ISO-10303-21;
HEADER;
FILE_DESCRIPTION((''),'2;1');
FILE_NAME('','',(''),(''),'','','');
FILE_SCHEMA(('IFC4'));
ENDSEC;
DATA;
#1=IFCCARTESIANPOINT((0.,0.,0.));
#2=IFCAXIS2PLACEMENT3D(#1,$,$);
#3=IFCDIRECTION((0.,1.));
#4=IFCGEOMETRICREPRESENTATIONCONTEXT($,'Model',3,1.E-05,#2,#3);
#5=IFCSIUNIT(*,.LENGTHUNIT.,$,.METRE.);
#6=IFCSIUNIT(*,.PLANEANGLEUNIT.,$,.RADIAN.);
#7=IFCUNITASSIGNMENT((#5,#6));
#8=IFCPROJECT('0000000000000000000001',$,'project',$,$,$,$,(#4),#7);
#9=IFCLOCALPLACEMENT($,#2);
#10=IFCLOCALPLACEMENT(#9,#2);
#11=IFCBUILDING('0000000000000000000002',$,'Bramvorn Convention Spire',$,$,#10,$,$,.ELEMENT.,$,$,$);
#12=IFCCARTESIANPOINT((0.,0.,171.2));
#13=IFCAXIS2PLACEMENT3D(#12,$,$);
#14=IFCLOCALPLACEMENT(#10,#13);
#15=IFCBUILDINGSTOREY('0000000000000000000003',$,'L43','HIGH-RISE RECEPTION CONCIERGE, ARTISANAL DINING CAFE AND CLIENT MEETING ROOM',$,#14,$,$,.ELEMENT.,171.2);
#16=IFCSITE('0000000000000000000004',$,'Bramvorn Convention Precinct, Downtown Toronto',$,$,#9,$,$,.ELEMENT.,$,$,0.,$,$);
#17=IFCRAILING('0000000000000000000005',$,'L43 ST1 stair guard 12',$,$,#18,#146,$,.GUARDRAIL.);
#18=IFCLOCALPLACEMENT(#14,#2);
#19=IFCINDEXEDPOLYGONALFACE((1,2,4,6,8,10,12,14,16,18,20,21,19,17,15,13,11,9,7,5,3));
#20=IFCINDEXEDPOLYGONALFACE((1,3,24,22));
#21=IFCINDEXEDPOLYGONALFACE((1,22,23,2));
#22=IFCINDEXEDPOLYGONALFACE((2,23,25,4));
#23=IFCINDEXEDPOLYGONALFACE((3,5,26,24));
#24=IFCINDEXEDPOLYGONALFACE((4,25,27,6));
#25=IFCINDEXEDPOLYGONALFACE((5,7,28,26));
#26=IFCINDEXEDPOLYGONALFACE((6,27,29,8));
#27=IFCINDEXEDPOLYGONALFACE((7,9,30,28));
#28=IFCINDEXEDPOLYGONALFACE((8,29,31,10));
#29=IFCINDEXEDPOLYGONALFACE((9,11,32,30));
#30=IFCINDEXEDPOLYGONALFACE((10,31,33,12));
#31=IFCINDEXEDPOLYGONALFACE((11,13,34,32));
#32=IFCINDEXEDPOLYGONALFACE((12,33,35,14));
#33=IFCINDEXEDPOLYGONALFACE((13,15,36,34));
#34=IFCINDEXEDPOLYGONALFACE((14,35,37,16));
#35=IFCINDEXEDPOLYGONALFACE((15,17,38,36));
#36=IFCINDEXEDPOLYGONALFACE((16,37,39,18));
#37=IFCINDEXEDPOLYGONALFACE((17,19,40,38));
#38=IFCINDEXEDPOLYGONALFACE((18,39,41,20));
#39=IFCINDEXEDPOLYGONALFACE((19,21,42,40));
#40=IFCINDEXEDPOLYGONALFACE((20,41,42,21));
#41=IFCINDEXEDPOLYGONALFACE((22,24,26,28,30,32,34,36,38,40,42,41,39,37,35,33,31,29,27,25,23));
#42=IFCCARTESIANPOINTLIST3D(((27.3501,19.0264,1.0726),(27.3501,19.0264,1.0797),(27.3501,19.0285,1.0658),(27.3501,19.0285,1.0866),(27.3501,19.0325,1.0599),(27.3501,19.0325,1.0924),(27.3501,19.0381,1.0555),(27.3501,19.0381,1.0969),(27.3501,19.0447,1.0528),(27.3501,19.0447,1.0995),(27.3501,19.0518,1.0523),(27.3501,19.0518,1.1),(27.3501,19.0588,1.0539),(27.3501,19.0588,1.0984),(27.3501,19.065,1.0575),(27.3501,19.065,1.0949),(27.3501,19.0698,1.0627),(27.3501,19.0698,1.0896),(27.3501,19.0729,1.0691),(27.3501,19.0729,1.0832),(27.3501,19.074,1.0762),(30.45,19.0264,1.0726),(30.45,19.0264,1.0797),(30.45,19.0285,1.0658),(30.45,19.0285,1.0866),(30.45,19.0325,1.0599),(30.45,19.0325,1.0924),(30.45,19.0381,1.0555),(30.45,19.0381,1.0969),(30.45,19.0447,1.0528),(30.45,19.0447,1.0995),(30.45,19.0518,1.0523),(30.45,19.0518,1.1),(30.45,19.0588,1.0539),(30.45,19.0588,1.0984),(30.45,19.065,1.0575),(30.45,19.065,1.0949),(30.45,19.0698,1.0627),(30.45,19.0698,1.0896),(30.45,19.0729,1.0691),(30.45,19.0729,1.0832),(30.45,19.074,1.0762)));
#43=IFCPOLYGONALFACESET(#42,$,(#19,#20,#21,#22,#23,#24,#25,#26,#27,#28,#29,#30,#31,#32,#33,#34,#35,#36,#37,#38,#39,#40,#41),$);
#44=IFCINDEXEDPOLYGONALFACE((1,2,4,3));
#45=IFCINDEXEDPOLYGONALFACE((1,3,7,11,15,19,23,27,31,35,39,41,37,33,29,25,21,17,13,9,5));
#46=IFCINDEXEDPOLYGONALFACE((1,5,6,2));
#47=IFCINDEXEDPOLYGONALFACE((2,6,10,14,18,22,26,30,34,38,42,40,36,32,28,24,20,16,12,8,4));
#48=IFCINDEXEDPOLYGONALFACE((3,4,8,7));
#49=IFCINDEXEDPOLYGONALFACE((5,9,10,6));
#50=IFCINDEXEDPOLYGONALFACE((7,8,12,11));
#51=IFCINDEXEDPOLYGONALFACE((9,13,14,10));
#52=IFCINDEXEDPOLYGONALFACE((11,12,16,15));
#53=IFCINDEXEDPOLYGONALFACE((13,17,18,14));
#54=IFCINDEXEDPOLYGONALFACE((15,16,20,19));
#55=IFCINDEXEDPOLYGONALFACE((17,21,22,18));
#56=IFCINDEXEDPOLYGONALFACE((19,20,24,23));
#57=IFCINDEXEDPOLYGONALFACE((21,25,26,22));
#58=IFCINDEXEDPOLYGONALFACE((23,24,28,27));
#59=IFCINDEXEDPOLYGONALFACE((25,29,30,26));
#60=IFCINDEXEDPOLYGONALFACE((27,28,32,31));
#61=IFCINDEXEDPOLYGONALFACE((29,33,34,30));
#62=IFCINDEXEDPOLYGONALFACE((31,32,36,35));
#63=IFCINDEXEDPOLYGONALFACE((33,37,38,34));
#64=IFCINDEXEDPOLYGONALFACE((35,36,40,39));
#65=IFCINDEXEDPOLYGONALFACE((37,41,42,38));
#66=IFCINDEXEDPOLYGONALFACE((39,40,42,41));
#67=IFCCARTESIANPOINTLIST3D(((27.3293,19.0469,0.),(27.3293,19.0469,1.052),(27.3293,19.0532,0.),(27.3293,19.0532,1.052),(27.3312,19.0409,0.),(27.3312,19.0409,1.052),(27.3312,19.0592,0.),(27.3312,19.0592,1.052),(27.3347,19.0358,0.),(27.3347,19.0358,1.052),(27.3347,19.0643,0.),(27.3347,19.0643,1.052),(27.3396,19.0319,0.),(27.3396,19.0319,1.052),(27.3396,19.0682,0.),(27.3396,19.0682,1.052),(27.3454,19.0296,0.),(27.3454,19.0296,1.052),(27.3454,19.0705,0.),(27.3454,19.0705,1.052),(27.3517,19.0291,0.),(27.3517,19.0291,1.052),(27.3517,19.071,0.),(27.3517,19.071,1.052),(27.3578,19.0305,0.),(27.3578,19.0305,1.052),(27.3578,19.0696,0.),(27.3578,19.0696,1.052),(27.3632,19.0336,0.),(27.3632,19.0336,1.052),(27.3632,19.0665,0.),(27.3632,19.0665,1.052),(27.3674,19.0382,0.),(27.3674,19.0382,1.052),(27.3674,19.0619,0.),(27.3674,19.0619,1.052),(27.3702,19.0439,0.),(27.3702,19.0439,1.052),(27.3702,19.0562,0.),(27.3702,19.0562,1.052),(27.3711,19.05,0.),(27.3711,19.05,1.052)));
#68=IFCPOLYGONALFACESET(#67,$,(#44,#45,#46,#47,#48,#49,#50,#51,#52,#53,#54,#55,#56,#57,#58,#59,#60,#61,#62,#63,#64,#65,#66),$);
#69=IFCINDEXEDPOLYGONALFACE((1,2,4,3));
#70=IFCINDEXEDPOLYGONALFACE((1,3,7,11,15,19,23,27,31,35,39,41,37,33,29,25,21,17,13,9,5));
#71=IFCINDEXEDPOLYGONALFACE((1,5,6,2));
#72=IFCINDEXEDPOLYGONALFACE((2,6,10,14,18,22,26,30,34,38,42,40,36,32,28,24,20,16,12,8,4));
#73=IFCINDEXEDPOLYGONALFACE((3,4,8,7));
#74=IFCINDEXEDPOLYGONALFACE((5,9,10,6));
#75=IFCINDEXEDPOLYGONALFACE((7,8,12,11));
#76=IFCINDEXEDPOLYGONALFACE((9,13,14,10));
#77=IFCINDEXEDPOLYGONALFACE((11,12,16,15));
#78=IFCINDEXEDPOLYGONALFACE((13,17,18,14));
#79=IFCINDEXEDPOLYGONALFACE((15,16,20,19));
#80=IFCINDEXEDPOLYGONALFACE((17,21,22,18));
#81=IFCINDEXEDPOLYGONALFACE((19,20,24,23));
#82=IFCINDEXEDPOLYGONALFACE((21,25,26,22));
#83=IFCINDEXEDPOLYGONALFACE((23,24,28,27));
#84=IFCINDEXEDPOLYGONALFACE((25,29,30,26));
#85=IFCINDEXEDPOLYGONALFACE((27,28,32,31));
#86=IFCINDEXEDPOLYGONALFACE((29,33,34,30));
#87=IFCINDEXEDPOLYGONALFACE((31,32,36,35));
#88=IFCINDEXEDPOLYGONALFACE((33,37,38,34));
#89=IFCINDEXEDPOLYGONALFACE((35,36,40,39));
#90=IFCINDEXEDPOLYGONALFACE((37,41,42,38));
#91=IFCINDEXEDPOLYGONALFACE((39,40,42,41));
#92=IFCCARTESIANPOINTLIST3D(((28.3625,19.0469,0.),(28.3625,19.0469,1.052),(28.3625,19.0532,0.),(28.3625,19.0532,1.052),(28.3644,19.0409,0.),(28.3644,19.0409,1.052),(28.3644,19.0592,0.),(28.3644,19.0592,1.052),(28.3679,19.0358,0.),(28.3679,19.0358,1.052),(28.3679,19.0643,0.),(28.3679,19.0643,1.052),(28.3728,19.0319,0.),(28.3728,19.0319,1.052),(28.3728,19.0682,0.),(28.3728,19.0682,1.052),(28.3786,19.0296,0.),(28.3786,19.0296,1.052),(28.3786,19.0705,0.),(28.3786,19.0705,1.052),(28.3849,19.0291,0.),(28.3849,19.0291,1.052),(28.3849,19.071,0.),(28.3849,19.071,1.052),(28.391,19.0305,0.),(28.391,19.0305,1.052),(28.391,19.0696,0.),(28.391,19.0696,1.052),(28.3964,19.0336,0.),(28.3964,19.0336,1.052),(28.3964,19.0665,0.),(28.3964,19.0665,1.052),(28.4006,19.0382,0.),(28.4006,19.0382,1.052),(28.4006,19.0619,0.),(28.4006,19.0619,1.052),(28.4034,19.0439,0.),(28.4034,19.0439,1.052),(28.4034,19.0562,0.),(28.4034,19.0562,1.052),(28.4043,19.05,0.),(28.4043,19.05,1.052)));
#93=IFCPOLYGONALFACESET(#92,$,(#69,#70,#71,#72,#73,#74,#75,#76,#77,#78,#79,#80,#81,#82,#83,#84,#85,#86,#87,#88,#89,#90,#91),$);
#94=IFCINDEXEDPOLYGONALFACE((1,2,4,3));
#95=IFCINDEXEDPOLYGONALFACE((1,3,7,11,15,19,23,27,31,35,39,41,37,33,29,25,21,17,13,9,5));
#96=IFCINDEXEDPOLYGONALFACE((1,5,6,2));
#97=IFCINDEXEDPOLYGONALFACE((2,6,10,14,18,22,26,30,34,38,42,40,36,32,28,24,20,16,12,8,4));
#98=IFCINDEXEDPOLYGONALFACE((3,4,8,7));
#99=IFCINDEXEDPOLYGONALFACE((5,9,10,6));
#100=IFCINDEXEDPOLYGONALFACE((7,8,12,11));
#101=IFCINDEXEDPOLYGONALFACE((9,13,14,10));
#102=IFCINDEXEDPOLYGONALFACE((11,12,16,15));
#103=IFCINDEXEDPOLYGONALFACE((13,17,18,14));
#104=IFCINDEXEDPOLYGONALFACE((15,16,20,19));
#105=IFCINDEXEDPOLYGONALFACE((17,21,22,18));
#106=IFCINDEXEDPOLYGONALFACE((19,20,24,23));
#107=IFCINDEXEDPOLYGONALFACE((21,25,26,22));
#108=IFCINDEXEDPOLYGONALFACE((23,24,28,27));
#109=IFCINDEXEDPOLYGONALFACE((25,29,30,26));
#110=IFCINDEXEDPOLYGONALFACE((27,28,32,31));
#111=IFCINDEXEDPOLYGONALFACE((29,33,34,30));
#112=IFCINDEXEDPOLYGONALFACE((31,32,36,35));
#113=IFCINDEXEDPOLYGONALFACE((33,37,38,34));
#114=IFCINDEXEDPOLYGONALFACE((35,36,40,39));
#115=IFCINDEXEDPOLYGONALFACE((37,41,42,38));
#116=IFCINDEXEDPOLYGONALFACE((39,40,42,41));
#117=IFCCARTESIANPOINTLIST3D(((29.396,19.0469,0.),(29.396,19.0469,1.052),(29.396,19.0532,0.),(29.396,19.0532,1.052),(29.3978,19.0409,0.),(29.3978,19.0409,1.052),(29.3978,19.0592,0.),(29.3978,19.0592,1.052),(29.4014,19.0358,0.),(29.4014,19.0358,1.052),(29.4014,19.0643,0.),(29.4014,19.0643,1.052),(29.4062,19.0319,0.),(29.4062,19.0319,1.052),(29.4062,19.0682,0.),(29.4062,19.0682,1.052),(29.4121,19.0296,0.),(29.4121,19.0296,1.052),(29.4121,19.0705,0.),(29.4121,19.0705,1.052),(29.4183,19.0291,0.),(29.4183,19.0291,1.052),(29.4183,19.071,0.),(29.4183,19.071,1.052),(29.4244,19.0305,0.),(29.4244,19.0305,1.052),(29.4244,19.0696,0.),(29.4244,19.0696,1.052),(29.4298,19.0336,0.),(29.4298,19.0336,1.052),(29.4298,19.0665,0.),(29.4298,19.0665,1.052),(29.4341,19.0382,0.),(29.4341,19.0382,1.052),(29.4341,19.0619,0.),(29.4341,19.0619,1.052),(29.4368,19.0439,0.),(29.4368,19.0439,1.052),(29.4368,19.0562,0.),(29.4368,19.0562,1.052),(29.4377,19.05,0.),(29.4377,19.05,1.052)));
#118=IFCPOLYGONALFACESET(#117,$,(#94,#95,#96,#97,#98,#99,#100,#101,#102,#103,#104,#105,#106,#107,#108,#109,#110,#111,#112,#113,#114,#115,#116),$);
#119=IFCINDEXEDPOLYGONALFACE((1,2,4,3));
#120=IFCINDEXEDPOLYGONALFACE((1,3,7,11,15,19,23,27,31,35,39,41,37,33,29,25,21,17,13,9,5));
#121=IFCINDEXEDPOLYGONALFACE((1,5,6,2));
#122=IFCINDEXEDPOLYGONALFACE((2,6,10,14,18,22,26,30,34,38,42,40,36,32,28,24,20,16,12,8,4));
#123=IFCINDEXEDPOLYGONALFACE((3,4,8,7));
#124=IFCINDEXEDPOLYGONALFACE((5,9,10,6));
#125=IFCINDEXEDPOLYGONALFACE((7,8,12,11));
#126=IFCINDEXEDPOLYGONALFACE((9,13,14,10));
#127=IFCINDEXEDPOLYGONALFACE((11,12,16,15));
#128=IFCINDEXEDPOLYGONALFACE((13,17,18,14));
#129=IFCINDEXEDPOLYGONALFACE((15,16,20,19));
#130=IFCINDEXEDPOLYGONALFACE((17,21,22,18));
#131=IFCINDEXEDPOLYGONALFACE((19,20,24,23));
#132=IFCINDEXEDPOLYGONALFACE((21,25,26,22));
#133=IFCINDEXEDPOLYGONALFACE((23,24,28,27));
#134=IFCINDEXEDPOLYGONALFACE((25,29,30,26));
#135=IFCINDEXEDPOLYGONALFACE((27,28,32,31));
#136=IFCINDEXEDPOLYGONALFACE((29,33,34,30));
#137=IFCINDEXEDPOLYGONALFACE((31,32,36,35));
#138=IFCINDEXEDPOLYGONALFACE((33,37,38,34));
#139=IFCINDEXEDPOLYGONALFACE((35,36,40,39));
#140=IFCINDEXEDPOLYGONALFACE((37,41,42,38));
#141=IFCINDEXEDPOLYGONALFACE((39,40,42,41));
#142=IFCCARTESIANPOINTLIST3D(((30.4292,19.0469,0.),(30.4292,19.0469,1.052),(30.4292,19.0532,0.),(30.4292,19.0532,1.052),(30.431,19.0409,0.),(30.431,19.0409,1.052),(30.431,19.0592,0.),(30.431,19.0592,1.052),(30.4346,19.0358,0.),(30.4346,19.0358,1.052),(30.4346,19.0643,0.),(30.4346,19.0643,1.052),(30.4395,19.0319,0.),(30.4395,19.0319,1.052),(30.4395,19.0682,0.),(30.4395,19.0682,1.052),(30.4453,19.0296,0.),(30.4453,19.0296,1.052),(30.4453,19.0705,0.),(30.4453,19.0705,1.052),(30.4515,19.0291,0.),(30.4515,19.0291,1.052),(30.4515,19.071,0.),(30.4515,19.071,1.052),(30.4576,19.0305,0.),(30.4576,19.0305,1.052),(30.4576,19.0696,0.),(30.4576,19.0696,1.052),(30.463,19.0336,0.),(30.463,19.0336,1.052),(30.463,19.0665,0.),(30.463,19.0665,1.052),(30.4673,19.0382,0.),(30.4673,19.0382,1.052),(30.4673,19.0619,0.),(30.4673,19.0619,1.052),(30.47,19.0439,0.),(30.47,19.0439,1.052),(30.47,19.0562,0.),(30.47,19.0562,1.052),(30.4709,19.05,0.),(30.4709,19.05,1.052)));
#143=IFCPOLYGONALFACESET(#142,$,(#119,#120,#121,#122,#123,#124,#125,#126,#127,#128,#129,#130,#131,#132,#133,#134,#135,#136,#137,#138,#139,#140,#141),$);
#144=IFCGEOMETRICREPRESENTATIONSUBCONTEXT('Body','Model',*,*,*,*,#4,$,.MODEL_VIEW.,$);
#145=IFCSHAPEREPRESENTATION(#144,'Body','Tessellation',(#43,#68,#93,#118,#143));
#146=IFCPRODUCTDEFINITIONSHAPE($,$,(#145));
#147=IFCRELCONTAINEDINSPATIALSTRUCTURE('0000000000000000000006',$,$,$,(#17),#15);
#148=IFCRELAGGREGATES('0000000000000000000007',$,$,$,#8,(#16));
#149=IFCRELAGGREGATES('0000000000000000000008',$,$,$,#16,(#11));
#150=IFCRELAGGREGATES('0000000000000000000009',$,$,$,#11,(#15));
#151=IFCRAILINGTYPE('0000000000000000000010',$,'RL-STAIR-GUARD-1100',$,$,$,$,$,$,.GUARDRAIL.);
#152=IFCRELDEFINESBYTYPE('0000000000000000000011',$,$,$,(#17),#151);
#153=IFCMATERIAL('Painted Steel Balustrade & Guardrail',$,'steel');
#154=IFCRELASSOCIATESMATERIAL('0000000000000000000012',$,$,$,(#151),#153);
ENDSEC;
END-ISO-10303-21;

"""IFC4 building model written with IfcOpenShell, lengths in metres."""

from ifc_helpers import new_model, si_unit, direction, frame, origin, origin_2d, place, context, subcontext, project, spatial, circle, extrude, material, type_object, element, save


model = new_model("IFC4")

# Units and contexts
model_context = context("Model", 3, precision=1e-05, world=origin(), true_north=direction((0.0, 1.0)))
body_context = subcontext(model_context, "Body", "Model", "MODEL_VIEW")
ifc_project = project(units=[si_unit("LENGTHUNIT", "METRE"), si_unit("PLANEANGLEUNIT", "RADIAN")], contexts=[model_context])

# Site, building, storey
site_placement = place(None, origin())
site = spatial("IfcSite", under=ifc_project, at=site_placement, Name="Bramvorn Convention Precinct, Downtown Toronto", CompositionType="ELEMENT", RefElevation=0.0)
building_placement = place(site_placement, origin())
building = spatial("IfcBuilding", under=site, at=building_placement, Name="Bramvorn Convention Spire", CompositionType="ELEMENT")
storey_placement = place(building_placement, frame((0.0, 0.0, 171.2)))
storey = spatial("IfcBuildingStorey", under=building, at=storey_placement, Name="L43", Description="HIGH-RISE RECEPTION CONCIERGE, ARTISANAL DINING CAFE AND CLIENT MEETING ROOM", CompositionType="ELEMENT", Elevation=171.2)

# Railing
ifc_material_1 = material(Name="Painted Steel Balustrade & Guardrail", Category="steel")
railing_type = type_object("IfcRailingType", Name="RL-STAIR-GUARD-1100", PredefinedType="GUARDRAIL", material=ifc_material_1)
railing_placement = place(storey_placement, frame((27.3501, 19.05, 0.0)))
element("IfcRailing", 1, at=railing_placement, inside=storey, type_object=railing_type, Name="L43 ST1 stair guard 12", PredefinedType="GUARDRAIL", context=body_context, shape_type="SweptSolid", body=[
    extrude(circle(Radius=0.0239, at=origin_2d()), frame((0.0, 0.0, 1.0762), z_axis=(1.0, 0.0, 0.0), x_axis=(0.0, 1.0, 0.0)), (0.0, 0.0, 1.0), 3.0999),
    extrude(circle(Radius=0.021, at=origin_2d()), origin(), (0.0, 0.0, 1.0), 1.052),
    extrude(circle(Radius=0.021, at=origin_2d()), frame((1.0332, 0.0, 0.0)), (0.0, 0.0, 1.0), 1.052),
    extrude(circle(Radius=0.021, at=origin_2d()), frame((2.0667, 0.0, 0.0)), (0.0, 0.0, 1.0), 1.052),
    extrude(circle(Radius=0.021, at=origin_2d()), frame((3.0999, 0.0, 0.0)), (0.0, 0.0, 1.0), 1.052),
])

save(model, "model.ifc")
